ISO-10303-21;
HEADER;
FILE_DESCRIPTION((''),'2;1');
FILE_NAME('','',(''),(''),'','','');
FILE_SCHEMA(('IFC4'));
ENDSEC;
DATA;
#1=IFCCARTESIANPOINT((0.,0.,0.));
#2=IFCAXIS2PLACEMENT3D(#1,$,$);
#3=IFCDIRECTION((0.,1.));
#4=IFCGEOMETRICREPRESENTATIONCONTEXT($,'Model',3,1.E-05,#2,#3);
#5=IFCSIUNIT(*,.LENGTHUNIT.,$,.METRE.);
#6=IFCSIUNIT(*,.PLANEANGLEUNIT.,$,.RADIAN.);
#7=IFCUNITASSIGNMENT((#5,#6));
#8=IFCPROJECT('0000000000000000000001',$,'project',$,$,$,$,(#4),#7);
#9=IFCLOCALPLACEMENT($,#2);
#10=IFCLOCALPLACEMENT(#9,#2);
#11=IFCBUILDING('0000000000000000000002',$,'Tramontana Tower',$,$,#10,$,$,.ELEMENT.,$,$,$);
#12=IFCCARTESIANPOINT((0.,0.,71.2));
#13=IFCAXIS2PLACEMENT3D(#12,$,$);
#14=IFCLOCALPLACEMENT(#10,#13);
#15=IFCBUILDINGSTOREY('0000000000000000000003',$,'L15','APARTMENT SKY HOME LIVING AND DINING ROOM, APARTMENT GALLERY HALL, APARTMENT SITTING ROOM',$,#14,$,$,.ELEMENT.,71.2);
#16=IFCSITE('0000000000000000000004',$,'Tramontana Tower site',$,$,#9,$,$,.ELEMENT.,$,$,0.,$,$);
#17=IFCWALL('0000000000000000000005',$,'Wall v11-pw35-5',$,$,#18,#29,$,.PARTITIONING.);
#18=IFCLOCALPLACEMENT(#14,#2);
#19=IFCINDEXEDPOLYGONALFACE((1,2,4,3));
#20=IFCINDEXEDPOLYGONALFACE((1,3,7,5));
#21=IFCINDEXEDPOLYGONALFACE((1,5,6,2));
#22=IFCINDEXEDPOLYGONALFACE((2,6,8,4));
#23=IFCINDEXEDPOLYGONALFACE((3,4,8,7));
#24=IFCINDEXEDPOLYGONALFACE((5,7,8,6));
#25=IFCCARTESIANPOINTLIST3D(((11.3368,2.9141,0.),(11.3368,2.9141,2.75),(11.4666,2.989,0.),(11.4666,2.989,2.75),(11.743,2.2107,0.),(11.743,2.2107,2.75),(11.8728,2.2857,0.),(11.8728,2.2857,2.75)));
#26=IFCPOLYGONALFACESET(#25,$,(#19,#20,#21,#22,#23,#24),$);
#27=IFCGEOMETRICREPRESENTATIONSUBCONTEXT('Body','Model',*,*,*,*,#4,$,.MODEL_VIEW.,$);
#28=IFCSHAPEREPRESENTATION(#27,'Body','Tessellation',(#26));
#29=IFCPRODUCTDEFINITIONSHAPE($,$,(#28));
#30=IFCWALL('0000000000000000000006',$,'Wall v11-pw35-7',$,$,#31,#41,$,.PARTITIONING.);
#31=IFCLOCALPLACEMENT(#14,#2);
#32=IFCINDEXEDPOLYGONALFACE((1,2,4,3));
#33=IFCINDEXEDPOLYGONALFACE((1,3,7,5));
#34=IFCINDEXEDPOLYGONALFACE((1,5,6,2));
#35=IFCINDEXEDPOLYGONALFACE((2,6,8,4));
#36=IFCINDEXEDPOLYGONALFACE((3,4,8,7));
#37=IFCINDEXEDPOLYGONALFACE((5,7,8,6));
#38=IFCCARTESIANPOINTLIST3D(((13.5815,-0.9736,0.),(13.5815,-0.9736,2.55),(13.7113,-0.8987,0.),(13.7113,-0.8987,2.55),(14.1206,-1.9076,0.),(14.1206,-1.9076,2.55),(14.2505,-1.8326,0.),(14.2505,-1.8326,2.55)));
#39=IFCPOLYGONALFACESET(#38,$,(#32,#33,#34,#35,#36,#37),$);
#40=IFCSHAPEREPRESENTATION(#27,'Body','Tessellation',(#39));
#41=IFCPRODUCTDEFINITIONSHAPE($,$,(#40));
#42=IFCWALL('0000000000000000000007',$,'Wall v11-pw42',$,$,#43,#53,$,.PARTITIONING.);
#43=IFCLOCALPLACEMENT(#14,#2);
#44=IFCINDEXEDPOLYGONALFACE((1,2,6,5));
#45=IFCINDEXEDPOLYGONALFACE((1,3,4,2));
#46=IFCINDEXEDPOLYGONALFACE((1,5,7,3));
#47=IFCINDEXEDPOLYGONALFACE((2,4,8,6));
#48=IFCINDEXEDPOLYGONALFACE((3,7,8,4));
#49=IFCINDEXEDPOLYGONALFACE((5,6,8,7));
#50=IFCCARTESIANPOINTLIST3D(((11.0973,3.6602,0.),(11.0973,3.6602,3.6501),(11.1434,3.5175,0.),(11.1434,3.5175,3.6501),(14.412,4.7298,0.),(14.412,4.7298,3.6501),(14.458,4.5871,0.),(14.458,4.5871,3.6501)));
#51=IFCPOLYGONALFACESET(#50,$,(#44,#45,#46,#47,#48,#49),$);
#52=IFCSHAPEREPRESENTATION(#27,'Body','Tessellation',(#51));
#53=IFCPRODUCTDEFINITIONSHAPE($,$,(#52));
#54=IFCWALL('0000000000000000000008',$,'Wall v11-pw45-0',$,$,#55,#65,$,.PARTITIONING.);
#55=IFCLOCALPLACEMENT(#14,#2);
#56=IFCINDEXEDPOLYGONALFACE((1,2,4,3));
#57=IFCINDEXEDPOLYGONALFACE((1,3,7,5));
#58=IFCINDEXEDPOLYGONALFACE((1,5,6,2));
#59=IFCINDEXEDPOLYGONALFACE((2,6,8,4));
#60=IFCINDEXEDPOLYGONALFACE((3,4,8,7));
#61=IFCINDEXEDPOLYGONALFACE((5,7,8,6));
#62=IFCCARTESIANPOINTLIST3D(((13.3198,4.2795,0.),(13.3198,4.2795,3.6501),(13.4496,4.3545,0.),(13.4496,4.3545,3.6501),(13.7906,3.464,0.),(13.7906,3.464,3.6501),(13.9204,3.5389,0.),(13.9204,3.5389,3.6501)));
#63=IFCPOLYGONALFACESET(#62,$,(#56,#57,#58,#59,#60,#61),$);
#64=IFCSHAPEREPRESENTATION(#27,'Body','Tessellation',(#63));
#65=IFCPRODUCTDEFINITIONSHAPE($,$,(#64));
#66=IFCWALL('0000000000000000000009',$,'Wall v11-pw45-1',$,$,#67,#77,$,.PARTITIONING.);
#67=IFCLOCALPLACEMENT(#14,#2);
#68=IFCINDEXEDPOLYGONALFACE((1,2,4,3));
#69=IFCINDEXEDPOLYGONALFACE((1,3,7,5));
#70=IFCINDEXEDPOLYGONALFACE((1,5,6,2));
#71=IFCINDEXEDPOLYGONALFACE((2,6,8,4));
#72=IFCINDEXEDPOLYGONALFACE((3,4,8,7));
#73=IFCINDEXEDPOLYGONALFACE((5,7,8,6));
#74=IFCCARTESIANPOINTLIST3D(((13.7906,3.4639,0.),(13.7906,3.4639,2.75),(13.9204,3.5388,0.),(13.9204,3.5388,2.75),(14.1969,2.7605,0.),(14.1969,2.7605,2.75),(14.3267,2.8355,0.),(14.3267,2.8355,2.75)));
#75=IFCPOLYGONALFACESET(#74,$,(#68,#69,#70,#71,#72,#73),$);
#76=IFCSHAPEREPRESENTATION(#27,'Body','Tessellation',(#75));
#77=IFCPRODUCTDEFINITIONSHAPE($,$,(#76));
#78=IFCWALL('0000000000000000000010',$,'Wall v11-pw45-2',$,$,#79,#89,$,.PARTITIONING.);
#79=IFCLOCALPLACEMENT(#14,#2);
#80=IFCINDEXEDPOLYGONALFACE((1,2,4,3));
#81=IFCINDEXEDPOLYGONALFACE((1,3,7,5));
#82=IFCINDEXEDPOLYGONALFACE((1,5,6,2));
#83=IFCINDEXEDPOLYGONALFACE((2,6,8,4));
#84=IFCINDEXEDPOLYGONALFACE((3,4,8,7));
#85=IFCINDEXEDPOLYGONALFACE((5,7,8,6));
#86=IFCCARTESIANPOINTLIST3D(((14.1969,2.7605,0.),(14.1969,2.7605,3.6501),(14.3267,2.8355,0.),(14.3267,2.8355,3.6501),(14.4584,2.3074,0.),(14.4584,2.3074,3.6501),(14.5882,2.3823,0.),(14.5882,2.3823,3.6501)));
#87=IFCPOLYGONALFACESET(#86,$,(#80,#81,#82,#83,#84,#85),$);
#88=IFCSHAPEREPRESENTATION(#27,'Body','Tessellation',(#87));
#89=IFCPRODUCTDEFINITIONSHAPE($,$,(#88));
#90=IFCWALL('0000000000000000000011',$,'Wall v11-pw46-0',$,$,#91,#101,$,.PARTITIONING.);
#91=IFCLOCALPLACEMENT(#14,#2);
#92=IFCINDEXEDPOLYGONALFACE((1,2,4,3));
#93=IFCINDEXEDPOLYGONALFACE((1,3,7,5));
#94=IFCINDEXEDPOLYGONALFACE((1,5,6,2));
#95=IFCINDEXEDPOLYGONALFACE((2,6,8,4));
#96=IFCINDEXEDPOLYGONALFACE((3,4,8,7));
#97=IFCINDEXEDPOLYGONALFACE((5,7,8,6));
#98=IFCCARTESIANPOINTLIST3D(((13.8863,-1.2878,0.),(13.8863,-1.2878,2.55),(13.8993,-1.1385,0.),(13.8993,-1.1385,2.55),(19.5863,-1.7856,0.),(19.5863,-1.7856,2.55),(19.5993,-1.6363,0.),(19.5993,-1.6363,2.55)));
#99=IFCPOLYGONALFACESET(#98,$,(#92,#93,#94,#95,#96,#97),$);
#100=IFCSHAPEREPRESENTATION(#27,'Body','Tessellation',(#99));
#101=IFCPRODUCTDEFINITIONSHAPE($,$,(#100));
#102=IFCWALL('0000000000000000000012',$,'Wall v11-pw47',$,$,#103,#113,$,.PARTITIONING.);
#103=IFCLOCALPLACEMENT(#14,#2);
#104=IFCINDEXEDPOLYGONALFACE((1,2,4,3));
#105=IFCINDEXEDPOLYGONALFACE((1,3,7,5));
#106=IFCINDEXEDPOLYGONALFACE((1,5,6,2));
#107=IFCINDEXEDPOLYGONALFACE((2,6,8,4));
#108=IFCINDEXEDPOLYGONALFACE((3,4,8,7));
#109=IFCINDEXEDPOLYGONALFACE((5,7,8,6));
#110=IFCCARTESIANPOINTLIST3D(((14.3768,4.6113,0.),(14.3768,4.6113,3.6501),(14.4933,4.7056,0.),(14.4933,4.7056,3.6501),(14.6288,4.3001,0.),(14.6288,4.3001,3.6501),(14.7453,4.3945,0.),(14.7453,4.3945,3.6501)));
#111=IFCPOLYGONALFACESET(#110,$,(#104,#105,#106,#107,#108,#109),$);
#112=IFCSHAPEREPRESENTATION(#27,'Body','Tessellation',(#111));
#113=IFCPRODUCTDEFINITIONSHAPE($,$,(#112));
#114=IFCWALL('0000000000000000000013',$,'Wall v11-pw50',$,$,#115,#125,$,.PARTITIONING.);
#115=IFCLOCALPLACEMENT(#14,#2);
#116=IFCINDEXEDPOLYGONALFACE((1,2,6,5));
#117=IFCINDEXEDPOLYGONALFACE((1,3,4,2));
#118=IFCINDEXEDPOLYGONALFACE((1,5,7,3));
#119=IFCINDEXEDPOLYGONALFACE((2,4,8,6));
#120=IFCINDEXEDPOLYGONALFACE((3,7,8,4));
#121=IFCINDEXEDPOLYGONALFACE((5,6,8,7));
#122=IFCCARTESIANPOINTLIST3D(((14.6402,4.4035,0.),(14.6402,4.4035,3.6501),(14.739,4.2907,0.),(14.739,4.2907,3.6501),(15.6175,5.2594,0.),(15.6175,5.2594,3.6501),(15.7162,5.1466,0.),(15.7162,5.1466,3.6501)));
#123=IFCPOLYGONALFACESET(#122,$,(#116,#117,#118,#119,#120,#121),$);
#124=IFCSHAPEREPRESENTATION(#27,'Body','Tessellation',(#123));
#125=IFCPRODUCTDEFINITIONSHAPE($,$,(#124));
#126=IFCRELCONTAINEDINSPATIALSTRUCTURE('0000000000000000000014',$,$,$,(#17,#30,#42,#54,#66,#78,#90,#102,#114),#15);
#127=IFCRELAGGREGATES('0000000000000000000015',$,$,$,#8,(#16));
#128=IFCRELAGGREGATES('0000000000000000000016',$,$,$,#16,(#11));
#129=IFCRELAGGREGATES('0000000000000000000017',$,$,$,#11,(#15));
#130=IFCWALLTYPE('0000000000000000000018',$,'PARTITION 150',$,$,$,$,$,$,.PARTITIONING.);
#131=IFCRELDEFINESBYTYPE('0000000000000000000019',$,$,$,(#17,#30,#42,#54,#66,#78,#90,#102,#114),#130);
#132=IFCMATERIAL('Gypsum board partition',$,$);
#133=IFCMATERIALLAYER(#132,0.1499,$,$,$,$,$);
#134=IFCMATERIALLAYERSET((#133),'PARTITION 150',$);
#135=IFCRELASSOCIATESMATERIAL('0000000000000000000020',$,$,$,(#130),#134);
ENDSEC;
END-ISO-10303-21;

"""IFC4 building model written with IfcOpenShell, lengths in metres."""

from ifc_helpers import new_model, si_unit, direction, frame, frame_2d, origin, place, context, subcontext, project, spatial, rectangle, extrude, material, layer, layer_set, type_object, element, save


model = new_model("IFC4")

# Units and contexts
model_context = context("Model", 3, precision=1e-05, world=origin(), true_north=direction((0.0, 1.0)))
body_context = subcontext(model_context, "Body", "Model", "MODEL_VIEW")
ifc_project = project(units=[si_unit("LENGTHUNIT", "METRE"), si_unit("PLANEANGLEUNIT", "RADIAN")], contexts=[model_context])

# Site, building, storey
site_placement = place(None, origin())
site = spatial("IfcSite", under=ifc_project, at=site_placement, Name="Tramontana Tower site", CompositionType="ELEMENT", RefElevation=0.0)
building_placement = place(site_placement, origin())
building = spatial("IfcBuilding", under=site, at=building_placement, Name="Tramontana Tower", CompositionType="ELEMENT")
storey_placement = place(building_placement, frame((0.0, 0.0, 71.2)))
storey = spatial("IfcBuildingStorey", under=building, at=storey_placement, Name="L15", Description="APARTMENT SKY HOME LIVING AND DINING ROOM, APARTMENT GALLERY HALL, APARTMENT SITTING ROOM", CompositionType="ELEMENT", Elevation=71.2)

# Wall
ifc_material_1 = material(Name="Gypsum board partition")
ifc_layer_1 = layer(ifc_material_1, 0.1499)
ifc_layer_set_1 = layer_set([ifc_layer_1], Name="PARTITION 150")
wall_type_1 = type_object("IfcWallType", Name="PARTITION 150", PredefinedType="PARTITIONING", material=ifc_layer_set_1)
wall_1_placement = place(storey_placement, frame((11.4016, 2.9517, 0.0), z_axis=(0.0, 0.0, 1.0), x_axis=(0.500147, -0.86594, 0.0)))
element("IfcWall", 1, at=wall_1_placement, inside=storey, type_object=wall_type_1, Name="Wall v11-pw35-5", PredefinedType="PARTITIONING", context=body_context, shape_type="SweptSolid", body=[
    extrude(rectangle(XDim=0.8123, YDim=0.1499, at=frame_2d((0.4062, 0.0))), origin(), (0.0, 0.0, 1.0), 2.75),
])

# Walls
wall_2_placement = place(storey_placement, frame((13.6465, -0.9363, 0.0), z_axis=(0.0, 0.0, 1.0), x_axis=(0.499938, -0.866061, 0.0)))
element("IfcWall", 2, at=wall_2_placement, inside=storey, type_object=wall_type_1, Name="Wall v11-pw35-7", PredefinedType="PARTITIONING", context=body_context, shape_type="SweptSolid", body=[
    extrude(rectangle(XDim=1.0784, YDim=0.1499, at=frame_2d((0.5391, 0.0))), origin(), (0.0, 0.0, 1.0), 2.55),
])
wall_3_placement = place(storey_placement, frame((11.1204, 3.5889, 0.0), z_axis=(0.0, 0.0, 1.0), x_axis=(0.951682, 0.307087, 0.0)))
element("IfcWall", 3, at=wall_3_placement, inside=storey, type_object=wall_type_1, Name="Wall v11-pw42", PredefinedType="PARTITIONING", context=body_context, shape_type="SweptSolid", body=[
    extrude(rectangle(XDim=3.4829, YDim=0.1499, at=frame_2d((1.7415, 0.0))), origin(), (0.0, 0.0, 1.0), 3.6501),
])
wall_4_placement = place(storey_placement, frame((13.3848, 4.3169, 0.0), z_axis=(0.0, 0.0, 1.0), x_axis=(0.499932, -0.866065, 0.0)))
element("IfcWall", 4, at=wall_4_placement, inside=storey, type_object=wall_type_1, Name="Wall v11-pw45-0", PredefinedType="PARTITIONING", context=body_context, shape_type="SweptSolid", body=[
    extrude(rectangle(XDim=0.9417, YDim=0.1499, at=frame_2d((0.4707, 0.0))), origin(), (0.0, 0.0, 1.0), 3.6501),
])
wall_5_placement = place(storey_placement, frame((13.8555, 3.5015, 0.0), z_axis=(0.0, 0.0, 1.0), x_axis=(0.500147, -0.86594, 0.0)))
element("IfcWall", 5, at=wall_5_placement, inside=storey, type_object=wall_type_1, Name="Wall v11-pw45-1", PredefinedType="PARTITIONING", context=body_context, shape_type="SweptSolid", body=[
    extrude(rectangle(XDim=0.8123, YDim=0.1499, at=frame_2d((0.4062, 0.0))), origin(), (0.0, 0.0, 1.0), 2.75),
])
wall_6_placement = place(storey_placement, frame((14.2617, 2.7981, 0.0), z_axis=(0.0, 0.0, 1.0), x_axis=(0.499803, -0.866139, 0.0)))
element("IfcWall", 6, at=wall_6_placement, inside=storey, type_object=wall_type_1, Name="Wall v11-pw45-2", PredefinedType="PARTITIONING", context=body_context, shape_type="SweptSolid", body=[
    extrude(rectangle(XDim=0.5232, YDim=0.1499, at=frame_2d((0.2617, 0.0))), origin(), (0.0, 0.0, 1.0), 3.6501),
])
wall_7_placement = place(storey_placement, frame((13.8928, -1.2131, 0.0), z_axis=(0.0, 0.0, 1.0), x_axis=(0.996208, -0.087003, 0.0)))
element("IfcWall", 7, at=wall_7_placement, inside=storey, type_object=wall_type_1, Name="Wall v11-pw46-0", PredefinedType="PARTITIONING", context=body_context, shape_type="SweptSolid", body=[
    extrude(rectangle(XDim=5.7217, YDim=0.1499, at=frame_2d((2.8608, 0.0))), origin(), (0.0, 0.0, 1.0), 2.55),
])
wall_8_placement = place(storey_placement, frame((14.4351, 4.6584, 0.0), z_axis=(0.0, 0.0, 1.0), x_axis=(0.629444, -0.777046, 0.0)))
element("IfcWall", 8, at=wall_8_placement, inside=storey, type_object=wall_type_1, Name="Wall v11-pw47", PredefinedType="PARTITIONING", context=body_context, shape_type="SweptSolid", body=[
    extrude(rectangle(XDim=0.4004, YDim=0.1499, at=frame_2d((0.2002, 0.0))), origin(), (0.0, 0.0, 1.0), 3.6501),
])

# Wall
wall_9_placement = place(storey_placement, frame((14.6897, 4.3472, 0.0), z_axis=(0.0, 0.0, 1.0), x_axis=(0.752262, 0.658864, 0.0)))
element("IfcWall", 9, at=wall_9_placement, inside=storey, type_object=wall_type_1, Name="Wall v11-pw50", PredefinedType="PARTITIONING", context=body_context, shape_type="SweptSolid", body=[
    extrude(rectangle(XDim=1.2991, YDim=0.1499, at=frame_2d((0.6494, 0.0))), origin(), (0.0, 0.0, 1.0), 3.6501),
])

save(model, "model.ifc")
